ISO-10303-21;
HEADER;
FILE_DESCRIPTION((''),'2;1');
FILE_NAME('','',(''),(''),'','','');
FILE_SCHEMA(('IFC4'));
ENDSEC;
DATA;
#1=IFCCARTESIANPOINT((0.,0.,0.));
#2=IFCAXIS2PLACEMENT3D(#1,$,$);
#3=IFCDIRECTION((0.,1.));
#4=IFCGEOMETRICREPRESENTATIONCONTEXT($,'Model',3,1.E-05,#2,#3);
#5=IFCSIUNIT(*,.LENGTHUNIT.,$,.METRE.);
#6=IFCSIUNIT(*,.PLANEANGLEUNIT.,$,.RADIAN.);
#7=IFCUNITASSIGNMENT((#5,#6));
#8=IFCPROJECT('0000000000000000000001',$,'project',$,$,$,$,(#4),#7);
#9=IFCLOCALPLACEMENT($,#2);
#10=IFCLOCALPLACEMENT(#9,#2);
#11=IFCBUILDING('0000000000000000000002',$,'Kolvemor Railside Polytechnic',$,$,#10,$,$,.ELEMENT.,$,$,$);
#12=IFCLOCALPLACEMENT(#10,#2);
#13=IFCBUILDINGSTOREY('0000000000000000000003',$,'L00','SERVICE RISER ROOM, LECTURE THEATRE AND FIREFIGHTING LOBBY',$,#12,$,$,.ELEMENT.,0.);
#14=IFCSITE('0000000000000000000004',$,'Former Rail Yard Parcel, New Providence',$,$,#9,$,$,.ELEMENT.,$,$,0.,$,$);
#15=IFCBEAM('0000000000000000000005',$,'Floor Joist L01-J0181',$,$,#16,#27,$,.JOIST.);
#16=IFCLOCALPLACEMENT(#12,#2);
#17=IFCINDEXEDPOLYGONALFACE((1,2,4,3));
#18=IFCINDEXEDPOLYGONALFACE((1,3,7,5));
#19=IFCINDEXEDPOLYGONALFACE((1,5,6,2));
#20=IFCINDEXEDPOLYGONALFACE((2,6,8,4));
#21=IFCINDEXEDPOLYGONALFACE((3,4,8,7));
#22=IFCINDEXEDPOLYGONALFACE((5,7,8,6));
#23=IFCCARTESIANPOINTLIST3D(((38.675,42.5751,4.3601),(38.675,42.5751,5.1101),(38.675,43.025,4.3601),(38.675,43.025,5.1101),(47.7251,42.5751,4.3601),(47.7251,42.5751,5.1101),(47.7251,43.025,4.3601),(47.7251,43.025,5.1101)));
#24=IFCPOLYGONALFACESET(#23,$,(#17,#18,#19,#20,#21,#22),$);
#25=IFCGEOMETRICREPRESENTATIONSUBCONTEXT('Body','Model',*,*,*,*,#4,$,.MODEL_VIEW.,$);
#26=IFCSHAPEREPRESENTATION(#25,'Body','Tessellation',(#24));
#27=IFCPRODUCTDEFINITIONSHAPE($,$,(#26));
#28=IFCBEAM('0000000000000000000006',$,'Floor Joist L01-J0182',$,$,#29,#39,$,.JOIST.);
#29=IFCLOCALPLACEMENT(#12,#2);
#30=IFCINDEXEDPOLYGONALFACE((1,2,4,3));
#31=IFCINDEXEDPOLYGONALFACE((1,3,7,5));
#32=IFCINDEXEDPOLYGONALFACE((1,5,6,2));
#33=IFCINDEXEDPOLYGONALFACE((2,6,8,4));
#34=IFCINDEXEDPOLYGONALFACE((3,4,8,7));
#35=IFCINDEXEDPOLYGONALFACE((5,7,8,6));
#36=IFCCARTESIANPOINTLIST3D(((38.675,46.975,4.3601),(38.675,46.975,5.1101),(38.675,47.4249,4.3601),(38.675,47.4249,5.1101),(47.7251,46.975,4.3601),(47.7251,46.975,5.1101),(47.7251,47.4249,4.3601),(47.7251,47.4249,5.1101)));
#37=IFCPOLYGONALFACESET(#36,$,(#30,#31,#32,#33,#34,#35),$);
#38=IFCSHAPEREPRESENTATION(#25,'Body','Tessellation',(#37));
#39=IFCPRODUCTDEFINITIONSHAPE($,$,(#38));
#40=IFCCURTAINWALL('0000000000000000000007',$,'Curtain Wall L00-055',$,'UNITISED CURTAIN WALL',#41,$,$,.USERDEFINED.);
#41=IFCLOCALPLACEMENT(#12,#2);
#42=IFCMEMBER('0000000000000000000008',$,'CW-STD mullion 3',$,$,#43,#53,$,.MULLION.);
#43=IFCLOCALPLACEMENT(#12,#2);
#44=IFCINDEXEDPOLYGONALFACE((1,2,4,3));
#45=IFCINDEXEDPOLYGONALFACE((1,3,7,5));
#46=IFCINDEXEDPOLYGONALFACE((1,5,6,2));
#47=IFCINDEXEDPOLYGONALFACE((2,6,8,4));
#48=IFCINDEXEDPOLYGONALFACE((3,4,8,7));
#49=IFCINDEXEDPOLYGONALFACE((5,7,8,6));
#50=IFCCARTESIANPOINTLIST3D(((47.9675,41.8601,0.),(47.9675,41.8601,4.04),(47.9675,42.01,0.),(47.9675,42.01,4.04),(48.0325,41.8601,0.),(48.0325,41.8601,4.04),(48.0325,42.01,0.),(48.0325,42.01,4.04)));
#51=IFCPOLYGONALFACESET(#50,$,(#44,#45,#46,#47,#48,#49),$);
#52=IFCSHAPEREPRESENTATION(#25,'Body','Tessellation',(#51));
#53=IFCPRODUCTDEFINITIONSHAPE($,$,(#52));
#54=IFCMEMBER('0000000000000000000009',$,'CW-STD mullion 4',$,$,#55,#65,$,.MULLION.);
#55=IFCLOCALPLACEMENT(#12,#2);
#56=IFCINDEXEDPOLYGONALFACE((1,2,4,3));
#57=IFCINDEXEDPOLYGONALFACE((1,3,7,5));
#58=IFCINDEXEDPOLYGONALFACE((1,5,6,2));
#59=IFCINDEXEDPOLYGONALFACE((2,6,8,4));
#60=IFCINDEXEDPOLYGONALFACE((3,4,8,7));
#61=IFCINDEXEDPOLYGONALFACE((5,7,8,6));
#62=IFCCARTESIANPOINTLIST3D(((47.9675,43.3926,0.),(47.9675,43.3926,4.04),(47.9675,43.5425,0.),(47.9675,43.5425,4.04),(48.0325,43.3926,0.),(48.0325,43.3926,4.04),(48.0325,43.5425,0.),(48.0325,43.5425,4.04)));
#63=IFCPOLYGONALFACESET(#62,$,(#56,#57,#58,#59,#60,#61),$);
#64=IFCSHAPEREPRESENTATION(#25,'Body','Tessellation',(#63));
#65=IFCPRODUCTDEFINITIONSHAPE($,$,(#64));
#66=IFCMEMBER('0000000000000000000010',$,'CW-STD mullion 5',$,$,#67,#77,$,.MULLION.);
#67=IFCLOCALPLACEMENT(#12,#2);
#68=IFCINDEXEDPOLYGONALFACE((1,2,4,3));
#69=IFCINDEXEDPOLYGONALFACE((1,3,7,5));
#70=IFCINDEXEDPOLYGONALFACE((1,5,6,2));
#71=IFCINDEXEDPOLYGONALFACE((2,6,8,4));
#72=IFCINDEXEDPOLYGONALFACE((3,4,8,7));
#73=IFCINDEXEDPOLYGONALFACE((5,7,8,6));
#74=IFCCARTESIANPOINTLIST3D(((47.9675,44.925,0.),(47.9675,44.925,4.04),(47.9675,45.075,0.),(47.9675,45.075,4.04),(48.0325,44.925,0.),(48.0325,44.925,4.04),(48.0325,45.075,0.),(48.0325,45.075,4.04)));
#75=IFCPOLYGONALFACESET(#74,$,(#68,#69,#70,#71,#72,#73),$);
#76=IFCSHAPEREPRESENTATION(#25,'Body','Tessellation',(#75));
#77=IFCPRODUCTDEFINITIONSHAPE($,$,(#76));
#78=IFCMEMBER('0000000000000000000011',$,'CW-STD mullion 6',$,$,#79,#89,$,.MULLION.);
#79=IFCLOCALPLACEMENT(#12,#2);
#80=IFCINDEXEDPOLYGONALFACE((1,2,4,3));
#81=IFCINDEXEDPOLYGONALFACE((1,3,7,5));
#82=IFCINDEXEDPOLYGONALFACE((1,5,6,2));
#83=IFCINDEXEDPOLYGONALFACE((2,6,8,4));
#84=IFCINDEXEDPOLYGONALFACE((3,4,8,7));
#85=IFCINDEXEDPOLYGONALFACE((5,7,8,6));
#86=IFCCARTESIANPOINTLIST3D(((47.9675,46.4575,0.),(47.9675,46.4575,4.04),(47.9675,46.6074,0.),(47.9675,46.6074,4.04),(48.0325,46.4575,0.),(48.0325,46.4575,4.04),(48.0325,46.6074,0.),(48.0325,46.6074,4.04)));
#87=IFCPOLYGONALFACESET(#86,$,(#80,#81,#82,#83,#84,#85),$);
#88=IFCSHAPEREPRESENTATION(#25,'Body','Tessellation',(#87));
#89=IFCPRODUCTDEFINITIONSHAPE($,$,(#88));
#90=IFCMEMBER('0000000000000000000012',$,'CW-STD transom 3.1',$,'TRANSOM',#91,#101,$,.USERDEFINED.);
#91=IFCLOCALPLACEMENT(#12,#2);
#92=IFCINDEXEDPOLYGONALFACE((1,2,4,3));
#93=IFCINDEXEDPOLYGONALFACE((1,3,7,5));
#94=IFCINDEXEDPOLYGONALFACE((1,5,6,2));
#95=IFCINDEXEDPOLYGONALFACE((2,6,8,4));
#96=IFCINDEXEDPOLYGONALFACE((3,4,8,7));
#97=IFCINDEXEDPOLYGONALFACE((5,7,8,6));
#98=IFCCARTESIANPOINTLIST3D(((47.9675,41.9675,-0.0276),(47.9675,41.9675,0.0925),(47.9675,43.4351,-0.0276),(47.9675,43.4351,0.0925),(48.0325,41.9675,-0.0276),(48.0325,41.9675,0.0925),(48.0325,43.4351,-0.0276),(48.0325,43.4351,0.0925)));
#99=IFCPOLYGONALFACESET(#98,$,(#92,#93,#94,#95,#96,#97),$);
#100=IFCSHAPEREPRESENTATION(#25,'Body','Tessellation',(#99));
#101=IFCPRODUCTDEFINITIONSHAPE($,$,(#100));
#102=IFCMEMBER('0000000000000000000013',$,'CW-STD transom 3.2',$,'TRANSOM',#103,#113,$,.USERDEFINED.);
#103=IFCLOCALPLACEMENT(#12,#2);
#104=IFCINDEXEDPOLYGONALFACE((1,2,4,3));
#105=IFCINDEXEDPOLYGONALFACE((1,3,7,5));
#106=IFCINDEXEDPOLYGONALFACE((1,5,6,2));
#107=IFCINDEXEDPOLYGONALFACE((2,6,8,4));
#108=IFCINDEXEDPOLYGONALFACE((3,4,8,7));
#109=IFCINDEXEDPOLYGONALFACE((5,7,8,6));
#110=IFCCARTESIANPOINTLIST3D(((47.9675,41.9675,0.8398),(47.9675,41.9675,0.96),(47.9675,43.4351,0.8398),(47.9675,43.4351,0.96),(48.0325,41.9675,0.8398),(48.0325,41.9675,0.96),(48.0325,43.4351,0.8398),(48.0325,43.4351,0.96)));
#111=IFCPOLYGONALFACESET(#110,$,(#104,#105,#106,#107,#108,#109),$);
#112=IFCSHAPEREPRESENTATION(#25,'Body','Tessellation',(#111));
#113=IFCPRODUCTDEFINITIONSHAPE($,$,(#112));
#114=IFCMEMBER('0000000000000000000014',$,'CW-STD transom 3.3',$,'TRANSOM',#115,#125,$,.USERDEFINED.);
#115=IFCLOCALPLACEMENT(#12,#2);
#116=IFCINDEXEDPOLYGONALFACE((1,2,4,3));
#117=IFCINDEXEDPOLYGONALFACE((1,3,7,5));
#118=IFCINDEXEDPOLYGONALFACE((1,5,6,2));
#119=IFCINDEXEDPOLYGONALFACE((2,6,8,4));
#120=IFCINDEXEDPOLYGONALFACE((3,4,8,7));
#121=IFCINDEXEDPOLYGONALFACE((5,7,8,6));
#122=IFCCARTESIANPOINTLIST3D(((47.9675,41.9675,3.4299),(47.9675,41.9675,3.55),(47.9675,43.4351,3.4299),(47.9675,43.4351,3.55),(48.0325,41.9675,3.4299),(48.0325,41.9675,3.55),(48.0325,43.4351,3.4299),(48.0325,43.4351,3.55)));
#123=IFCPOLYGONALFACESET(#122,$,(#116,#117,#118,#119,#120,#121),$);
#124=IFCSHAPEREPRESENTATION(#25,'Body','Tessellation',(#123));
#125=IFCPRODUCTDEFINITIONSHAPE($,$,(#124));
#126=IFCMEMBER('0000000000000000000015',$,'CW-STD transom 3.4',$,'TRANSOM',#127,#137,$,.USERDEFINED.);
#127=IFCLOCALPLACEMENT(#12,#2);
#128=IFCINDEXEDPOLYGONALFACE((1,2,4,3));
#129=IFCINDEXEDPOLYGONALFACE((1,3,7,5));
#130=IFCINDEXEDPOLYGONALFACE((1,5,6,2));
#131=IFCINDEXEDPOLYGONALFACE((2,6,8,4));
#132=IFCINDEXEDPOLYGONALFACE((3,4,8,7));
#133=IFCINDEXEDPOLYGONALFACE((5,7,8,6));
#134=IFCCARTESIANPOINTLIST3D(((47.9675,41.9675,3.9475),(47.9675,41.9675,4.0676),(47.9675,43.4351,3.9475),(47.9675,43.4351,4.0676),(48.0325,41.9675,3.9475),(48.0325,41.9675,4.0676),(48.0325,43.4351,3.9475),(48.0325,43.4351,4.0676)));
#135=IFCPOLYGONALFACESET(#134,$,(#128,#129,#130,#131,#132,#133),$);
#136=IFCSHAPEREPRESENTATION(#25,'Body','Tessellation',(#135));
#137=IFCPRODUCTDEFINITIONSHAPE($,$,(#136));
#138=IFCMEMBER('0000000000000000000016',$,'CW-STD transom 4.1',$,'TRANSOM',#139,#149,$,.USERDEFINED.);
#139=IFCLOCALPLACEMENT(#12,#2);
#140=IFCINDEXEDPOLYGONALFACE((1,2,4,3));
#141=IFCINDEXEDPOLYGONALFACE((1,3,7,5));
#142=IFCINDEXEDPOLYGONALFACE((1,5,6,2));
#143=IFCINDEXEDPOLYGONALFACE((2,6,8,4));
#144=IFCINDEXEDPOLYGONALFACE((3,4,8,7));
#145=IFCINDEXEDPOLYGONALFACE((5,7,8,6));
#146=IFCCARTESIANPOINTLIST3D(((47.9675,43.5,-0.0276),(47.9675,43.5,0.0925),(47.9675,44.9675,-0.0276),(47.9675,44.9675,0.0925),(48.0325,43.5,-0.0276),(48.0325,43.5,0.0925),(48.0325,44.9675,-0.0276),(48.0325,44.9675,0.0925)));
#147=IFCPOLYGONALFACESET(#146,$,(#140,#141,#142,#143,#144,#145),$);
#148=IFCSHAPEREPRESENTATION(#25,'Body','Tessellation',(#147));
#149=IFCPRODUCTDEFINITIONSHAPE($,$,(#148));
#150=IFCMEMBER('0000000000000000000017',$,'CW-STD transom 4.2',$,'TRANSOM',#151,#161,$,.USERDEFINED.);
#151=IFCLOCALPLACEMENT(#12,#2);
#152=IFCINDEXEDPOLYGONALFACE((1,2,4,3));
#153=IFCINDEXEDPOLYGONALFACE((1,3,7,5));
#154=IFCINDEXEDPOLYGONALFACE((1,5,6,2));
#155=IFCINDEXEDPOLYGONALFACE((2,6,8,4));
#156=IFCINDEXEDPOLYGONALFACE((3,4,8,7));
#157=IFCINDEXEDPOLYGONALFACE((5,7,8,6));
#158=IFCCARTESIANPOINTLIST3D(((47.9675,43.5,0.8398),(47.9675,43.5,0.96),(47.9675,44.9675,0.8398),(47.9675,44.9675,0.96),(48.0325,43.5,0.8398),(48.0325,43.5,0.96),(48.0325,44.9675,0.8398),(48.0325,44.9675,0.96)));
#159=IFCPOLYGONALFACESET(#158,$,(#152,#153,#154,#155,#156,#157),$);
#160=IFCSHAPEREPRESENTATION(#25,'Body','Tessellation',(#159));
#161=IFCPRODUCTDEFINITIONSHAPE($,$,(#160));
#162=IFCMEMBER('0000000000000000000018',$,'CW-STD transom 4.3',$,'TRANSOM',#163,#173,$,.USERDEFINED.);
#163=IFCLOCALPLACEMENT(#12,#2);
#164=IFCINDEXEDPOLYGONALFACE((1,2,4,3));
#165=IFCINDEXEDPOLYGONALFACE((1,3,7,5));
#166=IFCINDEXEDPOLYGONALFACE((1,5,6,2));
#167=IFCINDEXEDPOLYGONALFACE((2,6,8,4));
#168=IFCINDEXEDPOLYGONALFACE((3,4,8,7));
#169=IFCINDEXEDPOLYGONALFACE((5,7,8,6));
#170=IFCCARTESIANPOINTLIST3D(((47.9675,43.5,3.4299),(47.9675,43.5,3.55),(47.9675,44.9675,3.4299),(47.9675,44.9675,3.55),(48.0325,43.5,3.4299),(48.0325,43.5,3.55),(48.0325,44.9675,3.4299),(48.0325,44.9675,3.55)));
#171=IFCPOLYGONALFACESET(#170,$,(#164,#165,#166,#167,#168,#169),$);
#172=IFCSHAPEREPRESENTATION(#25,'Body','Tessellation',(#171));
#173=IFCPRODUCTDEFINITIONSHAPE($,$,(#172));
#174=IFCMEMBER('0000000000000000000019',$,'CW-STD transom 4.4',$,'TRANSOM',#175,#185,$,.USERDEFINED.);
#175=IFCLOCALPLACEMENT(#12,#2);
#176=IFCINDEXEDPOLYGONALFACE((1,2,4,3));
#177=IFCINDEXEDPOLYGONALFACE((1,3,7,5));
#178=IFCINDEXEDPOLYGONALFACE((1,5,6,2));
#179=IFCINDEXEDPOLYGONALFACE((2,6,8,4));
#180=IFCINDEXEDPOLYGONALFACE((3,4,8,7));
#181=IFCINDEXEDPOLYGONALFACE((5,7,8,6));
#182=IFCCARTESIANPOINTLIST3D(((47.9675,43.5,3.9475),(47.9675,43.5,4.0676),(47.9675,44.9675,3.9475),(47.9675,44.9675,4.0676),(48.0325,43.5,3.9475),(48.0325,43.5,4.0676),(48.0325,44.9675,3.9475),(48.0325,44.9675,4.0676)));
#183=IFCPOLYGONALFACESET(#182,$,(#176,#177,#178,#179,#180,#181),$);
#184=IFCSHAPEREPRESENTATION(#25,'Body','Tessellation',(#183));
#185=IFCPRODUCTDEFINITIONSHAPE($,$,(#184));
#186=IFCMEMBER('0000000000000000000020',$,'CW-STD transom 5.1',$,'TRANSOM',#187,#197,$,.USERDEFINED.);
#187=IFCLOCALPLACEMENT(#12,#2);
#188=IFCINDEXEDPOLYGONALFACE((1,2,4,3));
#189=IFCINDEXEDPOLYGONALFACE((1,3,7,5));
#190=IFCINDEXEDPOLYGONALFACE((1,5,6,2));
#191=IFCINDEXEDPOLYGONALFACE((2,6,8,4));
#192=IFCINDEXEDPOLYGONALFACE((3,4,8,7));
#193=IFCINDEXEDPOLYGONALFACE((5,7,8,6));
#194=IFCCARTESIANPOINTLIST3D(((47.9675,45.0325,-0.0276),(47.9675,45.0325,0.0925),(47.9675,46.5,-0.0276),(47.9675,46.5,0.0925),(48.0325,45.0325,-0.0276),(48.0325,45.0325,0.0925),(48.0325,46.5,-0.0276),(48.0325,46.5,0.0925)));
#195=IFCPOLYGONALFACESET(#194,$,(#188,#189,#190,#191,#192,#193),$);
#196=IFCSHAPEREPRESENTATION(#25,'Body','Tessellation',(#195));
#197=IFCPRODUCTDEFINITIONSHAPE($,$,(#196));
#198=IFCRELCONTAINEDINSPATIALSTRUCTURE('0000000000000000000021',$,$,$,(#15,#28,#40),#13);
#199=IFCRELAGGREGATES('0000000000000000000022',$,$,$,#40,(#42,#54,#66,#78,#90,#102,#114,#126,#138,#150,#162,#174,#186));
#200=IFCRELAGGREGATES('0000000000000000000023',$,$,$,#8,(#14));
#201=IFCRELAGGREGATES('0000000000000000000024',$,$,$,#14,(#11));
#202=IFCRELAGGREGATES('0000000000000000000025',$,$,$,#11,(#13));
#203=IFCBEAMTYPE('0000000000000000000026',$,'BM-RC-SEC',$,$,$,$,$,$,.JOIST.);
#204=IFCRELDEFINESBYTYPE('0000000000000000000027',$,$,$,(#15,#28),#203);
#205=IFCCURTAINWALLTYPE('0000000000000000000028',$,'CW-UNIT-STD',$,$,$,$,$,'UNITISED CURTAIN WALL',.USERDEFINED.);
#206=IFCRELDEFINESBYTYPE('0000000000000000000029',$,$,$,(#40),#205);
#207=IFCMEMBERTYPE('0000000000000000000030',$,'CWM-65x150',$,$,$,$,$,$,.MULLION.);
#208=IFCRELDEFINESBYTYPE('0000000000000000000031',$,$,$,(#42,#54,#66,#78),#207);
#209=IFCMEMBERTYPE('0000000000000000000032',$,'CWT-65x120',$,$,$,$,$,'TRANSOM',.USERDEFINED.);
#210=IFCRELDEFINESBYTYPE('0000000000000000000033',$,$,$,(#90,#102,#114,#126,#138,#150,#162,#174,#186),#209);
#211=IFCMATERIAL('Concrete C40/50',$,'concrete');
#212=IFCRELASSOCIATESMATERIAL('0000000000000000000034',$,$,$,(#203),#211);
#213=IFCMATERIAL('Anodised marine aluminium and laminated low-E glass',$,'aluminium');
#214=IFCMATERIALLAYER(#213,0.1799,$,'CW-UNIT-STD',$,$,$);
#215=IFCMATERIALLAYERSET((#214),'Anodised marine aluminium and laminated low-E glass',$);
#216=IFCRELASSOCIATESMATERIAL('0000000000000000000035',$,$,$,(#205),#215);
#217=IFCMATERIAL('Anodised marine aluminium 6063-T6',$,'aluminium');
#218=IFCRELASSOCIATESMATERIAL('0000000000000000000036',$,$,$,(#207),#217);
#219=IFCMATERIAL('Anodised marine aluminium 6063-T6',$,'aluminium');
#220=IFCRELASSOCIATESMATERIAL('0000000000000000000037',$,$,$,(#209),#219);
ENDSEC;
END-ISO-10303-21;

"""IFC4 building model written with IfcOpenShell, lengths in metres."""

from ifc_helpers import new_model, si_unit, direction, frame, origin, origin_2d, place, context, subcontext, project, spatial, rectangle, extrude, material, layer, layer_set, material_profile, profile_set, type_object, element, aggregate, save


model = new_model("IFC4")

# Units and contexts
model_context = context("Model", 3, precision=1e-05, world=origin(), true_north=direction((0.0, 1.0)))
body_context = subcontext(model_context, "Body", "Model", "MODEL_VIEW")
ifc_project = project(units=[si_unit("LENGTHUNIT", "METRE"), si_unit("PLANEANGLEUNIT", "RADIAN")], contexts=[model_context])

# Site, building, storey
site_placement = place(None, origin())
site = spatial("IfcSite", under=ifc_project, at=site_placement, Name="Former Rail Yard Parcel, New Providence", CompositionType="ELEMENT", RefElevation=0.0)
building_placement = place(site_placement, origin())
building = spatial("IfcBuilding", under=site, at=building_placement, Name="Kolvemor Railside Polytechnic", CompositionType="ELEMENT")
storey_placement = place(building_placement, origin())
storey = spatial("IfcBuildingStorey", under=building, at=storey_placement, Name="L00", Description="SERVICE RISER ROOM, LECTURE THEATRE AND FIREFIGHTING LOBBY", CompositionType="ELEMENT", Elevation=0.0)

# Beams
ifc_material_1 = material(Name="Concrete C40/50", Category="concrete")
ifc_material_profile_1 = material_profile(ifc_material_1, rectangle(XDim=0.45, YDim=0.75, at=origin_2d()), Name="RC450x750")
ifc_profile_set_1 = profile_set([ifc_material_profile_1], Name="Concrete C40/50")
beam_type = type_object("IfcBeamType", Name="BM-RC-SEC", PredefinedType="JOIST", material=ifc_profile_set_1)
for number, where, z_axis, x_axis, name in (
    (1, (38.675, 42.8, 4.7351), (1.0, 0.0, 0.0), (0.0, 1.0, 0.0), "Floor Joist L01-J0181"),
    (2, (38.675, 47.2, 4.7351), (1.0, 0.0, 0.0), (0.0, 1.0, 0.0), "Floor Joist L01-J0182"),
):
    element("IfcBeam", number, at=place(storey_placement, frame(where, z_axis=z_axis, x_axis=x_axis)), inside=storey, type_object=beam_type, Name=name, PredefinedType="JOIST", context=body_context, shape_type="SweptSolid", body=[
        extrude(rectangle(XDim=0.45, YDim=0.75, at=origin_2d()), origin(), (0.0, 0.0, 1.0), 9.05),
    ])

# Curtain wall, members
ifc_material_2 = material(Name="Anodised marine aluminium and laminated low-E glass", Category="aluminium")
ifc_layer_1 = layer(ifc_material_2, 0.1799, Name="CW-UNIT-STD")
ifc_layer_set_1 = layer_set([ifc_layer_1], Name="Anodised marine aluminium and laminated low-E glass")
curtain_wall_type = type_object("IfcCurtainWallType", Name="CW-UNIT-STD", ElementType="UNITISED CURTAIN WALL", PredefinedType="USERDEFINED", material=ifc_layer_set_1)
curtain_wall_placement = place(storey_placement, origin())
curtain_wall = element("IfcCurtainWall", 3, at=curtain_wall_placement, inside=storey, type_object=curtain_wall_type, Name="Curtain Wall L00-055", ObjectType="UNITISED CURTAIN WALL", PredefinedType="USERDEFINED")
ifc_material_3 = material(Name="Anodised marine aluminium 6063-T6", Category="aluminium")
ifc_material_profile_2 = material_profile(ifc_material_3, rectangle(XDim=0.0649, YDim=0.1499, at=origin_2d()), Name="CW-MUL-65x150")
ifc_profile_set_2 = profile_set([ifc_material_profile_2], Name="Anodised marine aluminium 6063-T6")
member_type_1 = type_object("IfcMemberType", Name="CWM-65x150", PredefinedType="MULLION", material=ifc_profile_set_2)
member_1_placement = place(storey_placement, frame((48.0, 41.9351, 0.0), z_axis=(0.0, 0.0, 1.0), x_axis=(-1.0, 0.0, 0.0)))
member_1 = element("IfcMember", 4, at=member_1_placement, type_object=member_type_1, Name="CW-STD mullion 3", PredefinedType="MULLION", context=body_context, shape_type="SweptSolid", body=[
    extrude(rectangle(XDim=0.0649, YDim=0.1499, at=origin_2d()), origin(), (0.0, 0.0, 1.0), 4.04),
])
member_2_placement = place(storey_placement, frame((48.0, 43.4675, 0.0), z_axis=(0.0, 0.0, 1.0), x_axis=(-1.0, 0.0, 0.0)))
member_2 = element("IfcMember", 5, at=member_2_placement, type_object=member_type_1, Name="CW-STD mullion 4", PredefinedType="MULLION", context=body_context, shape_type="SweptSolid", body=[
    extrude(rectangle(XDim=0.0649, YDim=0.1499, at=origin_2d()), origin(), (0.0, 0.0, 1.0), 4.04),
])
member_3_placement = place(storey_placement, frame((48.0, 45.0, 0.0), z_axis=(0.0, 0.0, 1.0), x_axis=(-1.0, 0.0, 0.0)))
member_3 = element("IfcMember", 6, at=member_3_placement, type_object=member_type_1, Name="CW-STD mullion 5", PredefinedType="MULLION", context=body_context, shape_type="SweptSolid", body=[
    extrude(rectangle(XDim=0.0649, YDim=0.1499, at=origin_2d()), origin(), (0.0, 0.0, 1.0), 4.04),
])
member_4_placement = place(storey_placement, frame((48.0, 46.5325, 0.0), z_axis=(0.0, 0.0, 1.0), x_axis=(-1.0, 0.0, 0.0)))
member_4 = element("IfcMember", 7, at=member_4_placement, type_object=member_type_1, Name="CW-STD mullion 6", PredefinedType="MULLION", context=body_context, shape_type="SweptSolid", body=[
    extrude(rectangle(XDim=0.0649, YDim=0.1499, at=origin_2d()), origin(), (0.0, 0.0, 1.0), 4.04),
])
ifc_material_4 = material(Name="Anodised marine aluminium 6063-T6", Category="aluminium")
ifc_material_profile_3 = material_profile(ifc_material_4, rectangle(XDim=0.0649, YDim=0.1201, at=origin_2d()), Name="CW-TRN-65x120")
ifc_profile_set_3 = profile_set([ifc_material_profile_3], Name="Anodised marine aluminium 6063-T6")
member_type_2 = type_object("IfcMemberType", Name="CWT-65x120", ElementType="TRANSOM", PredefinedType="USERDEFINED", material=ifc_profile_set_3)
member_5_placement = place(storey_placement, frame((48.0, 41.9675, 0.0325), z_axis=(0.0, 1.0, 0.0), x_axis=(-1.0, 0.0, 0.0)))
member_5 = element("IfcMember", 8, at=member_5_placement, type_object=member_type_2, Name="CW-STD transom 3.1", ObjectType="TRANSOM", PredefinedType="USERDEFINED", context=body_context, shape_type="SweptSolid", body=[
    extrude(rectangle(XDim=0.0649, YDim=0.1201, at=origin_2d()), origin(), (0.0, 0.0, 1.0), 1.4675),
])
member_6_placement = place(storey_placement, frame((48.0, 41.9675, 0.8999), z_axis=(0.0, 1.0, 0.0), x_axis=(-1.0, 0.0, 0.0)))
member_6 = element("IfcMember", 9, at=member_6_placement, type_object=member_type_2, Name="CW-STD transom 3.2", ObjectType="TRANSOM", PredefinedType="USERDEFINED", context=body_context, shape_type="SweptSolid", body=[
    extrude(rectangle(XDim=0.0649, YDim=0.1201, at=origin_2d()), origin(), (0.0, 0.0, 1.0), 1.4675),
])
member_7_placement = place(storey_placement, frame((48.0, 41.9675, 3.49), z_axis=(0.0, 1.0, 0.0), x_axis=(-1.0, 0.0, 0.0)))
member_7 = element("IfcMember", 10, at=member_7_placement, type_object=member_type_2, Name="CW-STD transom 3.3", ObjectType="TRANSOM", PredefinedType="USERDEFINED", context=body_context, shape_type="SweptSolid", body=[
    extrude(rectangle(XDim=0.0649, YDim=0.1201, at=origin_2d()), origin(), (0.0, 0.0, 1.0), 1.4675),
])
member_8_placement = place(storey_placement, frame((48.0, 41.9675, 4.0076), z_axis=(0.0, 1.0, 0.0), x_axis=(-1.0, 0.0, 0.0)))
member_8 = element("IfcMember", 11, at=member_8_placement, type_object=member_type_2, Name="CW-STD transom 3.4", ObjectType="TRANSOM", PredefinedType="USERDEFINED", context=body_context, shape_type="SweptSolid", body=[
    extrude(rectangle(XDim=0.0649, YDim=0.1201, at=origin_2d()), origin(), (0.0, 0.0, 1.0), 1.4675),
])
member_9_placement = place(storey_placement, frame((48.0, 43.5, 0.0325), z_axis=(0.0, 1.0, 0.0), x_axis=(-1.0, 0.0, 0.0)))
member_9 = element("IfcMember", 12, at=member_9_placement, type_object=member_type_2, Name="CW-STD transom 4.1", ObjectType="TRANSOM", PredefinedType="USERDEFINED", context=body_context, shape_type="SweptSolid", body=[
    extrude(rectangle(XDim=0.0649, YDim=0.1201, at=origin_2d()), origin(), (0.0, 0.0, 1.0), 1.4675),
])
member_10_placement = place(storey_placement, frame((48.0, 43.5, 0.8999), z_axis=(0.0, 1.0, 0.0), x_axis=(-1.0, 0.0, 0.0)))
member_10 = element("IfcMember", 13, at=member_10_placement, type_object=member_type_2, Name="CW-STD transom 4.2", ObjectType="TRANSOM", PredefinedType="USERDEFINED", context=body_context, shape_type="SweptSolid", body=[
    extrude(rectangle(XDim=0.0649, YDim=0.1201, at=origin_2d()), origin(), (0.0, 0.0, 1.0), 1.4675),
])
member_11_placement = place(storey_placement, frame((48.0, 43.5, 3.49), z_axis=(0.0, 1.0, 0.0), x_axis=(-1.0, 0.0, 0.0)))
member_11 = element("IfcMember", 14, at=member_11_placement, type_object=member_type_2, Name="CW-STD transom 4.3", ObjectType="TRANSOM", PredefinedType="USERDEFINED", context=body_context, shape_type="SweptSolid", body=[
    extrude(rectangle(XDim=0.0649, YDim=0.1201, at=origin_2d()), origin(), (0.0, 0.0, 1.0), 1.4675),
])
member_12_placement = place(storey_placement, frame((48.0, 43.5, 4.0076), z_axis=(0.0, 1.0, 0.0), x_axis=(-1.0, 0.0, 0.0)))
member_12 = element("IfcMember", 15, at=member_12_placement, type_object=member_type_2, Name="CW-STD transom 4.4", ObjectType="TRANSOM", PredefinedType="USERDEFINED", context=body_context, shape_type="SweptSolid", body=[
    extrude(rectangle(XDim=0.0649, YDim=0.1201, at=origin_2d()), origin(), (0.0, 0.0, 1.0), 1.4675),
])
member_13_placement = place(storey_placement, frame((48.0, 45.0325, 0.0325), z_axis=(0.0, 1.0, 0.0), x_axis=(-1.0, 0.0, 0.0)))
member_13 = element("IfcMember", 16, at=member_13_placement, type_object=member_type_2, Name="CW-STD transom 5.1", ObjectType="TRANSOM", PredefinedType="USERDEFINED", context=body_context, shape_type="SweptSolid", body=[
    extrude(rectangle(XDim=0.0649, YDim=0.1201, at=origin_2d()), origin(), (0.0, 0.0, 1.0), 1.4675),
])
aggregate(curtain_wall, [member_1, member_2, member_3, member_4, member_5, member_6, member_7, member_8, member_9, member_10, member_11, member_12, member_13])

save(model, "model.ifc")
